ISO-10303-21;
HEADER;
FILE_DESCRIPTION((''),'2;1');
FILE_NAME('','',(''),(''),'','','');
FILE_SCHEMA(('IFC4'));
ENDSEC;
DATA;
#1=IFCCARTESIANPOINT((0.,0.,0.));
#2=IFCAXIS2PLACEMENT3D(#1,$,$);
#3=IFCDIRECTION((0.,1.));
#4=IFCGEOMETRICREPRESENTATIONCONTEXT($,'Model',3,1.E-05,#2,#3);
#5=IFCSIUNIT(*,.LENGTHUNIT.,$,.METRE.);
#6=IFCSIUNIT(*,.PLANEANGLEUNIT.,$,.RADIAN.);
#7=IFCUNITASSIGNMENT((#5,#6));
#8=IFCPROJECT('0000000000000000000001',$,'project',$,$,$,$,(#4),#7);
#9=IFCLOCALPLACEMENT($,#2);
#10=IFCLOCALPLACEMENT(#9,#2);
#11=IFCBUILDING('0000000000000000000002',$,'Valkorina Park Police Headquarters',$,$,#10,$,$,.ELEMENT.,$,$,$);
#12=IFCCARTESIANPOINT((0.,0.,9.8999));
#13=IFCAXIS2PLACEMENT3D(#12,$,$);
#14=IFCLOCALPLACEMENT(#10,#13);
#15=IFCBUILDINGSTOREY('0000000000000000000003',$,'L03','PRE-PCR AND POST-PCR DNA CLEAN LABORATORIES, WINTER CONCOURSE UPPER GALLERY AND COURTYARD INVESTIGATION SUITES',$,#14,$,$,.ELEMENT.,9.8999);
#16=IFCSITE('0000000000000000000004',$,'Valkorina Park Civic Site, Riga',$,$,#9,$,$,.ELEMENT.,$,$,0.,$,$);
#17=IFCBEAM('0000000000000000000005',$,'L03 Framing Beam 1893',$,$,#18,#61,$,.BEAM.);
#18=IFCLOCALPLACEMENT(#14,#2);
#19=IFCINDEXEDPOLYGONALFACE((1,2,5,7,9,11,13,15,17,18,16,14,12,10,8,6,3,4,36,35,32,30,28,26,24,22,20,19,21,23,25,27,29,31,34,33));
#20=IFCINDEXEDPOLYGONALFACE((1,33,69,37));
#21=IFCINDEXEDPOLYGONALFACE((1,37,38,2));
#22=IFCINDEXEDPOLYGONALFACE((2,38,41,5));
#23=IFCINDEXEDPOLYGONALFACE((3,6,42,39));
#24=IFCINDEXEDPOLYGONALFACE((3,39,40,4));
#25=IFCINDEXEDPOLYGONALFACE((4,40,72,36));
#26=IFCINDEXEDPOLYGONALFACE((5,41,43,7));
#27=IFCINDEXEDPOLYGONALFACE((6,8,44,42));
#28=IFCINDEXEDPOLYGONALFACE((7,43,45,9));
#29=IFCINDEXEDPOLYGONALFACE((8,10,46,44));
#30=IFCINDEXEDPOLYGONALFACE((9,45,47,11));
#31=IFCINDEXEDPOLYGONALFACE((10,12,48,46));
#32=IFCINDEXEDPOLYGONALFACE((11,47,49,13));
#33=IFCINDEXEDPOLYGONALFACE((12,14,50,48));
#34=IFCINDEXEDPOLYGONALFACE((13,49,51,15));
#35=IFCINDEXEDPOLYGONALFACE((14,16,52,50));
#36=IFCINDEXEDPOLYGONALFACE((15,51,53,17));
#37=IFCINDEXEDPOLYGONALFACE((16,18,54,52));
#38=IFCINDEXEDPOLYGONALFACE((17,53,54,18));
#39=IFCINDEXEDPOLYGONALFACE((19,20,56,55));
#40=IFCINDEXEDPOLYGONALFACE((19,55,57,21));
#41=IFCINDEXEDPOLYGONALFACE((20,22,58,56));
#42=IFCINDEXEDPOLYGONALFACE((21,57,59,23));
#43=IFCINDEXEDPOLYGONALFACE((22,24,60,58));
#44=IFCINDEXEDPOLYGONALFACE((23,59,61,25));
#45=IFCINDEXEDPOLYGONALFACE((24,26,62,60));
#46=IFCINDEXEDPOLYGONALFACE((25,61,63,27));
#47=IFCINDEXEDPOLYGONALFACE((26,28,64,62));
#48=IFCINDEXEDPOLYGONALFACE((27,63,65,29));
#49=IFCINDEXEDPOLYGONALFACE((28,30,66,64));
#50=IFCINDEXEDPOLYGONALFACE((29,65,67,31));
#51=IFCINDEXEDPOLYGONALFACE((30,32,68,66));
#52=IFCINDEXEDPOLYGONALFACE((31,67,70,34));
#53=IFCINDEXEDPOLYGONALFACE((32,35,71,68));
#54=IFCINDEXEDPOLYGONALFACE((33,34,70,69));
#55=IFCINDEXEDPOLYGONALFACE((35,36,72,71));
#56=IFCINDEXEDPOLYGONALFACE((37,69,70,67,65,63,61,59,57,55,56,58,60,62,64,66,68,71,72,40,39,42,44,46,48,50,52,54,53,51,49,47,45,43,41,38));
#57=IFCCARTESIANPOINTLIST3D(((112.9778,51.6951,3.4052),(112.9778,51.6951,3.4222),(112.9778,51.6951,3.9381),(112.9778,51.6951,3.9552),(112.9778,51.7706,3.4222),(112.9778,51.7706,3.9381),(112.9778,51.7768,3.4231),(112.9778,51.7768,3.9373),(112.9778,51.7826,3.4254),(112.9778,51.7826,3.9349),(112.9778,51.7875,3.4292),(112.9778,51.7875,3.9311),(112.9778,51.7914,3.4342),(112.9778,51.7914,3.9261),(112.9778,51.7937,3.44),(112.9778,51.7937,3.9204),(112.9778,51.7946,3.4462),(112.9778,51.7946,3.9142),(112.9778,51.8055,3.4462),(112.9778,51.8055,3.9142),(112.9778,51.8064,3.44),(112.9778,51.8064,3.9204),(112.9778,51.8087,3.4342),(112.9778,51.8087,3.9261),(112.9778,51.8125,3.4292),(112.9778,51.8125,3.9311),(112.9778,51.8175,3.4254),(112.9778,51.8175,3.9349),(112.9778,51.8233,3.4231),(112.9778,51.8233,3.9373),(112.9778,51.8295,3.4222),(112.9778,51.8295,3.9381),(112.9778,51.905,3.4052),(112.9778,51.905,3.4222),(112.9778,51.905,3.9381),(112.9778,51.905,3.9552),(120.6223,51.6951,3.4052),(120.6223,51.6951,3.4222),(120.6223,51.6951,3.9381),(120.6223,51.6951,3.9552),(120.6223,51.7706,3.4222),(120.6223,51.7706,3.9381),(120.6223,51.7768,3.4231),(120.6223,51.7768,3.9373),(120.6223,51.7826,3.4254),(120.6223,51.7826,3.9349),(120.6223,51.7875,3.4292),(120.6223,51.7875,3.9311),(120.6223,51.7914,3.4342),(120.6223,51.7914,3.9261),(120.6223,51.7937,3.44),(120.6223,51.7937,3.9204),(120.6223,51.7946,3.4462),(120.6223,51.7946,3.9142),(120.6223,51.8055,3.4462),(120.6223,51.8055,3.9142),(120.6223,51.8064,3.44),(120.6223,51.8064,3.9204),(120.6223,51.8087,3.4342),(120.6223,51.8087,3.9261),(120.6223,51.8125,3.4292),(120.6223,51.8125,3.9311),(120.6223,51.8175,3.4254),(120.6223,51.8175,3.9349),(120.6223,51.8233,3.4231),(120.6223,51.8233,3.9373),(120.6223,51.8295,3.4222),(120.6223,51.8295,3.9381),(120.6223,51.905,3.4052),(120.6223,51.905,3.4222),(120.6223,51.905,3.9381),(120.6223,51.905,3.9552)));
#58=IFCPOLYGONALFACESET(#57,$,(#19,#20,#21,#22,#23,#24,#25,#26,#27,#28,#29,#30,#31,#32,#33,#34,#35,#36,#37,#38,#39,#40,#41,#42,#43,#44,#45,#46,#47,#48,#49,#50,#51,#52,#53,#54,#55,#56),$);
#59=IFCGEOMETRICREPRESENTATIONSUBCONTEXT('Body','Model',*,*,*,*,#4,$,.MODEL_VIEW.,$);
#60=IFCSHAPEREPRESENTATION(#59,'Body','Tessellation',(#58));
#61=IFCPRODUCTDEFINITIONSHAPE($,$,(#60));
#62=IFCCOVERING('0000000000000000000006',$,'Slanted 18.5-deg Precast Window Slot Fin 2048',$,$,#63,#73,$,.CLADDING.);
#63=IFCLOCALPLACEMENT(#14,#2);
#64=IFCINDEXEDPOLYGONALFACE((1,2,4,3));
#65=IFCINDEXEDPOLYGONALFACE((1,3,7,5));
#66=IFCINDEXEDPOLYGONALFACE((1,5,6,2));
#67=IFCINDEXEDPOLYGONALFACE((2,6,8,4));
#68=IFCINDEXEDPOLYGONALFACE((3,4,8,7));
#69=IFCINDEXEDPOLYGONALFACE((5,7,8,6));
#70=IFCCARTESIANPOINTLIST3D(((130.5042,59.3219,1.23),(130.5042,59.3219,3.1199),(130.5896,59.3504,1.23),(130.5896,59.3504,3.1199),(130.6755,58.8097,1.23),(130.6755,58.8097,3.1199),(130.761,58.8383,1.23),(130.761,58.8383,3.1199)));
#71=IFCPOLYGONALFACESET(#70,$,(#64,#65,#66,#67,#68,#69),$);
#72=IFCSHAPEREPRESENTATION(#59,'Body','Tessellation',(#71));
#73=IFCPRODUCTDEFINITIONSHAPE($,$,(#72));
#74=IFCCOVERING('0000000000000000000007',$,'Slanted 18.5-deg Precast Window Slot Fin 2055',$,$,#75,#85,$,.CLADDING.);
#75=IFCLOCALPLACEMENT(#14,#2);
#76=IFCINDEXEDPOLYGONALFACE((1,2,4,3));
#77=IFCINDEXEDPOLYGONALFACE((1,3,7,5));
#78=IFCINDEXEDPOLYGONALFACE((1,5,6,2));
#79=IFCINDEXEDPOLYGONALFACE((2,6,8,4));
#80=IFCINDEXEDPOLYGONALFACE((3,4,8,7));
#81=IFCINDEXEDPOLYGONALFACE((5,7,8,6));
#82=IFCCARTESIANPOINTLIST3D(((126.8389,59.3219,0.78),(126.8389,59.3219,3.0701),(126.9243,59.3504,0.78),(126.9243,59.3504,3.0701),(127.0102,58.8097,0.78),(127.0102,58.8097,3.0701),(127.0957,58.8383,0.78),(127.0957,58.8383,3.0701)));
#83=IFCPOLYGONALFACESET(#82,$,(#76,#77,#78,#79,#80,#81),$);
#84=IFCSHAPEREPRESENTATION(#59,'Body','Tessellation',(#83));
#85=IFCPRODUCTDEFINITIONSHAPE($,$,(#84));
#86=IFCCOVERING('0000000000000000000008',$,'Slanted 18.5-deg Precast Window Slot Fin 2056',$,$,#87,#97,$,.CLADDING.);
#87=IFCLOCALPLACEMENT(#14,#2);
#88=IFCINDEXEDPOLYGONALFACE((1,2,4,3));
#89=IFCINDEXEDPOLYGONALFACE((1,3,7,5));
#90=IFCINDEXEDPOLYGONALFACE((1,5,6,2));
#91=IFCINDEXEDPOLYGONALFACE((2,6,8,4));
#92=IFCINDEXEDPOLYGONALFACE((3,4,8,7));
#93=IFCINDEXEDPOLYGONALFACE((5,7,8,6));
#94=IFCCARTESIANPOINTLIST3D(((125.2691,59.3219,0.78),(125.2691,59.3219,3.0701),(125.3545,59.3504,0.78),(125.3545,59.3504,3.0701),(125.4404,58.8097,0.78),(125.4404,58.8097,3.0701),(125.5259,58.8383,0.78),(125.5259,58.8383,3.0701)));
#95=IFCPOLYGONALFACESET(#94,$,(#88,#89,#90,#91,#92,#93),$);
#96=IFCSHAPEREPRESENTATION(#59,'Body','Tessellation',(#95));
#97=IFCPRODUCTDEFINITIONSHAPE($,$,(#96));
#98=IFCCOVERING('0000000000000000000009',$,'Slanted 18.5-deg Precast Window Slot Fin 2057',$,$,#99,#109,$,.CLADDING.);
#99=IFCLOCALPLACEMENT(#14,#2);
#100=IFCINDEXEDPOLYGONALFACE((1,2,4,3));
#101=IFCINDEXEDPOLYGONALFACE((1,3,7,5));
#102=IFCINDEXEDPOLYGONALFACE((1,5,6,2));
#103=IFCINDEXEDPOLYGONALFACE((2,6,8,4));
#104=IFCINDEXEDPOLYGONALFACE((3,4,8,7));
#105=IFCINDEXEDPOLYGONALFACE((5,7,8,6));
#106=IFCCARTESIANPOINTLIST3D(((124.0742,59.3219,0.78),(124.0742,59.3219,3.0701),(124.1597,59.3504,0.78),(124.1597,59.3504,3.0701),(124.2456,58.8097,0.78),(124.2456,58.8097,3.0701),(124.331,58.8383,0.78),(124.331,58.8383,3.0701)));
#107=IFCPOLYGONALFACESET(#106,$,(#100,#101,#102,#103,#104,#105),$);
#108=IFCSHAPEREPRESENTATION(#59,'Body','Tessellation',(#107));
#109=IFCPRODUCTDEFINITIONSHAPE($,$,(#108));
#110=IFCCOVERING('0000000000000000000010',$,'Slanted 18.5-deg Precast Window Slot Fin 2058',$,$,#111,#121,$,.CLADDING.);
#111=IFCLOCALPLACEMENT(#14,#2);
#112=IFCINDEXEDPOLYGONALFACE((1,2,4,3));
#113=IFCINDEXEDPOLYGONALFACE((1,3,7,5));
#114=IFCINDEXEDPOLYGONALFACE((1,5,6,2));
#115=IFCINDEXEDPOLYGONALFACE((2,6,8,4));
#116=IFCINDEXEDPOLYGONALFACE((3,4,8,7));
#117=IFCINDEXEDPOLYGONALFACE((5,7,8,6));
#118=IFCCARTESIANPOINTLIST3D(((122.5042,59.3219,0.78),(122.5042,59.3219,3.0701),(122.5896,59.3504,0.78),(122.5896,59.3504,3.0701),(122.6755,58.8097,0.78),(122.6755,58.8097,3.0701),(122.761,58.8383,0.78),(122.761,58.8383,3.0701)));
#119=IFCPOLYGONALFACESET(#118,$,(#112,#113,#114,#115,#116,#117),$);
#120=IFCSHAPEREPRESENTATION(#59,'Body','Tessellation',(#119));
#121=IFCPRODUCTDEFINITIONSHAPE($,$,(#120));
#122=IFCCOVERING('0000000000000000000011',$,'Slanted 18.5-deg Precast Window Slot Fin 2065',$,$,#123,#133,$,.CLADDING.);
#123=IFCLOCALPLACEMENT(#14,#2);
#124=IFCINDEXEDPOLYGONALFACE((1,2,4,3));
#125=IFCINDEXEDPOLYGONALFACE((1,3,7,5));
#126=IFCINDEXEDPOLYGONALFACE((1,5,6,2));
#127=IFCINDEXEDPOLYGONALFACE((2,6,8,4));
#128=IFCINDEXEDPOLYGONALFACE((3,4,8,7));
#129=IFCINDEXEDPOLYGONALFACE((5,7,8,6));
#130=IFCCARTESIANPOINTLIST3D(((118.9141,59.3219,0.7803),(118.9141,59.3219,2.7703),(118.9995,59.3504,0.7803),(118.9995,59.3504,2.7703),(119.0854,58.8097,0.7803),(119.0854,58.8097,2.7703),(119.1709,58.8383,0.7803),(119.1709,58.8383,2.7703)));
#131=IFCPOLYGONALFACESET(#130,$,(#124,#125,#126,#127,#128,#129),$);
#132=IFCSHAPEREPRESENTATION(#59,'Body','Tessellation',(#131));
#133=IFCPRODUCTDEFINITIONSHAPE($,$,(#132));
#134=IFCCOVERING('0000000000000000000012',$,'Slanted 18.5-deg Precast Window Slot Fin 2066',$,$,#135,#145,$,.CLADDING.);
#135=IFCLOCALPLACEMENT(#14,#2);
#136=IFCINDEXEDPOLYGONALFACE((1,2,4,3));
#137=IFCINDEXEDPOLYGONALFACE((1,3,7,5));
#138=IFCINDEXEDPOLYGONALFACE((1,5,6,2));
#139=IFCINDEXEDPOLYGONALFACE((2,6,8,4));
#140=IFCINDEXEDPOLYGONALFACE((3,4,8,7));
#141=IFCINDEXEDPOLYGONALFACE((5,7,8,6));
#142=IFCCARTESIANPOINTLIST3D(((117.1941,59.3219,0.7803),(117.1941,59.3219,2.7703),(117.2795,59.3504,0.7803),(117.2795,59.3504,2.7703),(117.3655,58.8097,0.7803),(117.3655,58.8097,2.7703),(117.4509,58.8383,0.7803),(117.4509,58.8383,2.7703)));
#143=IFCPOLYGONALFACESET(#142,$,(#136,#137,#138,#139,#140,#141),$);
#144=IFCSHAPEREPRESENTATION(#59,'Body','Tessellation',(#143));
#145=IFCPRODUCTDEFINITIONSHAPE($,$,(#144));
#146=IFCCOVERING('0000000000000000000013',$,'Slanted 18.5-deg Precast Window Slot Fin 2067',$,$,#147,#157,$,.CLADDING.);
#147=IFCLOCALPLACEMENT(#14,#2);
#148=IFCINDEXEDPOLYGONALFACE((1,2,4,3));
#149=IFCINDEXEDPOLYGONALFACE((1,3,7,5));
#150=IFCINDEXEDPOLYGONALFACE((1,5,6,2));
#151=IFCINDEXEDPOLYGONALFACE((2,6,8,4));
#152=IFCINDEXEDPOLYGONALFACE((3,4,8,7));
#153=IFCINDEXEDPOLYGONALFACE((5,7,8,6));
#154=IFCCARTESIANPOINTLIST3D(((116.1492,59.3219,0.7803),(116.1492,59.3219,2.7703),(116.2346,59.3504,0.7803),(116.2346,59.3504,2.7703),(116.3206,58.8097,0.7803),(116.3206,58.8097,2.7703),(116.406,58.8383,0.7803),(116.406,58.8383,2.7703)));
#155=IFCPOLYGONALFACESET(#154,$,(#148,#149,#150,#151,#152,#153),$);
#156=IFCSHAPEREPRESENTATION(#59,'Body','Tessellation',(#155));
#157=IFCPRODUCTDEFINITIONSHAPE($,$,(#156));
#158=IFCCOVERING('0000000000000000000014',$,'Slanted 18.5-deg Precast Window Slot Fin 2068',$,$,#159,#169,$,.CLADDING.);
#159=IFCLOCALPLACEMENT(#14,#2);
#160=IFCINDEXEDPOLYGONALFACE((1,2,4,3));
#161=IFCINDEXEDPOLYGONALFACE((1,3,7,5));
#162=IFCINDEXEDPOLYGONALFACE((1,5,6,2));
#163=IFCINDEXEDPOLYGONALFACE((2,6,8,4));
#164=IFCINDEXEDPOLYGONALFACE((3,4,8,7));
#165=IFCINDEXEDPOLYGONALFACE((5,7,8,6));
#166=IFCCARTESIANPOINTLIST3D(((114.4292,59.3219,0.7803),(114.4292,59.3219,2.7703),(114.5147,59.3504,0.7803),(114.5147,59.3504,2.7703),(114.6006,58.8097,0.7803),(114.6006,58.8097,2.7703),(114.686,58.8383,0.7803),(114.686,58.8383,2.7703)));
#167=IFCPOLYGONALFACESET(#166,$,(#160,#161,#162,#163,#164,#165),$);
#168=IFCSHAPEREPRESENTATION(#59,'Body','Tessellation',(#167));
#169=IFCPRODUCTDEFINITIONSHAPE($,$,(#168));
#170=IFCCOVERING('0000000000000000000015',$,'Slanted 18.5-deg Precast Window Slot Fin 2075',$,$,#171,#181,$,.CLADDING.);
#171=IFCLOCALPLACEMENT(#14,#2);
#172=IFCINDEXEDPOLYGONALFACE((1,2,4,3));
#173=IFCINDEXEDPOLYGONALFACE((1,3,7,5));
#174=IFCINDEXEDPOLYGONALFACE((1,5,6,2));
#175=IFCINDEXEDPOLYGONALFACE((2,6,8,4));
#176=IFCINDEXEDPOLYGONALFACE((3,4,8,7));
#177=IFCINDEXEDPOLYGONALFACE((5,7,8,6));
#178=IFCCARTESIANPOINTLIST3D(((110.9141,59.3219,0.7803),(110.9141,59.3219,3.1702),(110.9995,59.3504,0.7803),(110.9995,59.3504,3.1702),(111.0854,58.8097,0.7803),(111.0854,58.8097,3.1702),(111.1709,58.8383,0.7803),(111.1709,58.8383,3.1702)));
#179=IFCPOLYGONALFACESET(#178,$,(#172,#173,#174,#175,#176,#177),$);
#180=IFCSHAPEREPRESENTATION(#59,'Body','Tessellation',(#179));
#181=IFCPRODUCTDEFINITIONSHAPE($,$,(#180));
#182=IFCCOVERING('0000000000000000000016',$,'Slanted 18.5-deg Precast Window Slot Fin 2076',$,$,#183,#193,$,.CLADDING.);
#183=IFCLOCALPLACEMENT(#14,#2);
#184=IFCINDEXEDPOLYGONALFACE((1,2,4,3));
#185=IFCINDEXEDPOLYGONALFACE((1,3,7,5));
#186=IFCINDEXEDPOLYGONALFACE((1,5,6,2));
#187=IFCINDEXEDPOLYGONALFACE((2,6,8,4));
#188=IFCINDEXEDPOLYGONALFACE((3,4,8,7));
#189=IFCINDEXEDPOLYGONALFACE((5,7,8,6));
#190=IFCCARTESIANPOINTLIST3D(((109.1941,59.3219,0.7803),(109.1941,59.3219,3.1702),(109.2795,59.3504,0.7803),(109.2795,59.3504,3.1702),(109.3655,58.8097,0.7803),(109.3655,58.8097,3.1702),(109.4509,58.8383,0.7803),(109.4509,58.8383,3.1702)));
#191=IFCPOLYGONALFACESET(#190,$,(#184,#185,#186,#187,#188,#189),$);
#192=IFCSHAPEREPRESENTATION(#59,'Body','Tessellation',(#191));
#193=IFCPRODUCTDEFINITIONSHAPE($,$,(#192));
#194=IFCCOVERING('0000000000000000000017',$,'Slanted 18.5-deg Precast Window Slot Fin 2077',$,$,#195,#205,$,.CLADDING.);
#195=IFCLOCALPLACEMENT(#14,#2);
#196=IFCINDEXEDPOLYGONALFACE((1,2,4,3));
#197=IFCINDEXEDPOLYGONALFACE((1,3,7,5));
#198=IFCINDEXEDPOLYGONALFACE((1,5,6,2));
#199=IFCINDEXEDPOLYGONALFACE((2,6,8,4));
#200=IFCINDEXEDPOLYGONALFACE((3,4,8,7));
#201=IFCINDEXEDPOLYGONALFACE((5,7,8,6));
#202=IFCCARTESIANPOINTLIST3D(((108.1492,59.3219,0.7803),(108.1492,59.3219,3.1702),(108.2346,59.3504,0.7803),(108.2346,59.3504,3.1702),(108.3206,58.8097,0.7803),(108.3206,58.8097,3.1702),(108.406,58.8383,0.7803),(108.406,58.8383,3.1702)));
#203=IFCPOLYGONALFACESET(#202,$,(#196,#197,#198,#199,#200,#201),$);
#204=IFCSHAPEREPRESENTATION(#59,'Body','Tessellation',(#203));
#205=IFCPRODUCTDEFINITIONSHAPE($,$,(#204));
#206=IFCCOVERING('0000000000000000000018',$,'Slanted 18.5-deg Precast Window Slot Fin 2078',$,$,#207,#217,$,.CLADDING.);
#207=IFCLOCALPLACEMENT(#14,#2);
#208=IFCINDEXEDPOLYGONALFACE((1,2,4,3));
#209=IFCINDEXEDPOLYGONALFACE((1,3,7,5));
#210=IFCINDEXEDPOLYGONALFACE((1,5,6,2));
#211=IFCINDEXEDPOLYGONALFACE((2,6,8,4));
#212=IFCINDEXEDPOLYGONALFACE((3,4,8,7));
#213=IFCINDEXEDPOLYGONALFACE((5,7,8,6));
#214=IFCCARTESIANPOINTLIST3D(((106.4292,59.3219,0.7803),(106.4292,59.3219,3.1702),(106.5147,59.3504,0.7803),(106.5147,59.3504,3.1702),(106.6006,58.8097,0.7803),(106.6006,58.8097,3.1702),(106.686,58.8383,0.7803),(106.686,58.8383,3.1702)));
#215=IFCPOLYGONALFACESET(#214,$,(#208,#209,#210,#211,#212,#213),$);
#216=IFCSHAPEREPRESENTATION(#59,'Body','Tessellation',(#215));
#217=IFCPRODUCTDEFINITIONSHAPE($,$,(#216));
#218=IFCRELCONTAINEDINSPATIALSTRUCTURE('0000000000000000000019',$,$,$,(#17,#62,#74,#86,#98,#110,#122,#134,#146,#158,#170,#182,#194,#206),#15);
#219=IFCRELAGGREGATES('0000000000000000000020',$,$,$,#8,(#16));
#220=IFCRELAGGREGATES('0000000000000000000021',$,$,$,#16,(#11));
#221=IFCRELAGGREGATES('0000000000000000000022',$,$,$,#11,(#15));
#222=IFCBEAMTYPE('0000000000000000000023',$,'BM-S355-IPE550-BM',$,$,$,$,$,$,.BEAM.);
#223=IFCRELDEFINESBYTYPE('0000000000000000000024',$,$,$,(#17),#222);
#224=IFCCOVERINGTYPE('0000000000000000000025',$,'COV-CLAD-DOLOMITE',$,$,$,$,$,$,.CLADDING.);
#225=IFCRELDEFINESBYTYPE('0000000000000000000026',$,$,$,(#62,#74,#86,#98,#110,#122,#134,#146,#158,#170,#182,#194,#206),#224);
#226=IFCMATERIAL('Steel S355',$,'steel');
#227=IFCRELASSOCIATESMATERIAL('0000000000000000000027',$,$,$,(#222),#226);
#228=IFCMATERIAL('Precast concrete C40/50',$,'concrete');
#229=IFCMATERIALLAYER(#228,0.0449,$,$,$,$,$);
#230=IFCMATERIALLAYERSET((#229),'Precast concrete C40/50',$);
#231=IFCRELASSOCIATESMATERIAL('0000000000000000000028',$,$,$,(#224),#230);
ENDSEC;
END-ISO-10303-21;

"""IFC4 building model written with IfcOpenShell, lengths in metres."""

from ifc_helpers import new_model, si_unit, direction, frame, origin, origin_2d, place, context, subcontext, project, spatial, rectangle, i_section, extrude, material, layer, layer_set, material_profile, profile_set, type_object, element, save


model = new_model("IFC4")

# Units and contexts
model_context = context("Model", 3, precision=1e-05, world=origin(), true_north=direction((0.0, 1.0)))
body_context = subcontext(model_context, "Body", "Model", "MODEL_VIEW")
ifc_project = project(units=[si_unit("LENGTHUNIT", "METRE"), si_unit("PLANEANGLEUNIT", "RADIAN")], contexts=[model_context])

# Site, building, storey
site_placement = place(None, origin())
site = spatial("IfcSite", under=ifc_project, at=site_placement, Name="Valkorina Park Civic Site, Riga", CompositionType="ELEMENT", RefElevation=0.0)
building_placement = place(site_placement, origin())
building = spatial("IfcBuilding", under=site, at=building_placement, Name="Valkorina Park Police Headquarters", CompositionType="ELEMENT")
storey_placement = place(building_placement, frame((0.0, 0.0, 9.8999)))
storey = spatial("IfcBuildingStorey", under=building, at=storey_placement, Name="L03", Description="PRE-PCR AND POST-PCR DNA CLEAN LABORATORIES, WINTER CONCOURSE UPPER GALLERY AND COURTYARD INVESTIGATION SUITES", CompositionType="ELEMENT", Elevation=9.8999)

# Shared definitions
ifc_material_1 = material(Name="Steel S355", Category="steel")

# Beam
ifc_material_profile_1 = material_profile(ifc_material_1, i_section(OverallWidth=0.21, OverallDepth=0.55, WebThickness=0.011, FlangeThickness=0.0171, FilletRadius=0.0239, at=origin_2d()), Name="IPE 550")
ifc_profile_set_1 = profile_set([ifc_material_profile_1], Name="Steel S355")
beam_type_1 = type_object("IfcBeamType", Name="BM-S355-IPE550-BM", PredefinedType="BEAM", material=ifc_profile_set_1)
for number, where, z_axis, x_axis, name in (
    (1, (112.9778, 51.8, 3.6802), (1.0, 0.0, 0.0), (0.0, 1.0, 0.0), "L03 Framing Beam 1893"),
):
    element("IfcBeam", number, at=place(storey_placement, frame(where, z_axis=z_axis, x_axis=x_axis)), inside=storey, type_object=beam_type_1, Name=name, PredefinedType="BEAM", context=body_context, shape_type="SweptSolid", body=[
        extrude(i_section(OverallWidth=0.21, OverallDepth=0.55, WebThickness=0.011, FlangeThickness=0.0171, FilletRadius=0.0239, at=origin_2d()), origin(), (0.0, 0.0, 1.0), 7.6445),
    ])

# Coverings
ifc_material_2 = material(Name="Precast concrete C40/50", Category="concrete")
ifc_layer = layer(ifc_material_2, 0.0449)
ifc_layer_set = layer_set([ifc_layer], Name="Precast concrete C40/50")
covering_type = type_object("IfcCoveringType", Name="COV-CLAD-DOLOMITE", PredefinedType="CLADDING", material=ifc_layer_set)
covering_placement = place(storey_placement, frame((130.6326, 59.0801, 1.23), z_axis=(0.0, 0.0, 1.0), x_axis=(0.317305, -0.948324, 0.0)))
element("IfcCovering", 2, at=covering_placement, inside=storey, type_object=covering_type, Name="Slanted 18.5-deg Precast Window Slot Fin 2048", PredefinedType="CLADDING", context=body_context, shape_type="SweptSolid", body=[
    extrude(rectangle(XDim=0.54, YDim=0.0901, at=origin_2d()), origin(), (0.0, 0.0, 1.0), 1.8899),
])
for number, where, z_axis, x_axis, name in (
    (3, (126.9673, 59.0801, 0.78), (0.0, 0.0, 1.0), (0.317305, -0.948324, 0.0), "Slanted 18.5-deg Precast Window Slot Fin 2055"),
    (4, (125.3975, 59.0801, 0.78), (0.0, 0.0, 1.0), (0.317305, -0.948324, 0.0), "Slanted 18.5-deg Precast Window Slot Fin 2056"),
    (5, (124.2026, 59.0801, 0.78), (0.0, 0.0, 1.0), (0.317305, -0.948324, 0.0), "Slanted 18.5-deg Precast Window Slot Fin 2057"),
    (6, (122.6326, 59.0801, 0.78), (0.0, 0.0, 1.0), (0.317305, -0.948324, 0.0), "Slanted 18.5-deg Precast Window Slot Fin 2058"),
):
    element("IfcCovering", number, at=place(storey_placement, frame(where, z_axis=z_axis, x_axis=x_axis)), inside=storey, type_object=covering_type, Name=name, PredefinedType="CLADDING", context=body_context, shape_type="SweptSolid", body=[
        extrude(rectangle(XDim=0.54, YDim=0.0901, at=origin_2d()), origin(), (0.0, 0.0, 1.0), 2.29),
    ])
for number, where, z_axis, x_axis, name in (
    (7, (119.0425, 59.0801, 0.7803), (0.0, 0.0, 1.0), (0.317305, -0.948324, 0.0), "Slanted 18.5-deg Precast Window Slot Fin 2065"),
    (8, (117.3225, 59.0801, 0.7803), (0.0, 0.0, 1.0), (0.317305, -0.948324, 0.0), "Slanted 18.5-deg Precast Window Slot Fin 2066"),
    (9, (116.2776, 59.0801, 0.7803), (0.0, 0.0, 1.0), (0.317305, -0.948324, 0.0), "Slanted 18.5-deg Precast Window Slot Fin 2067"),
    (10, (114.5576, 59.0801, 0.7803), (0.0, 0.0, 1.0), (0.317305, -0.948324, 0.0), "Slanted 18.5-deg Precast Window Slot Fin 2068"),
):
    element("IfcCovering", number, at=place(storey_placement, frame(where, z_axis=z_axis, x_axis=x_axis)), inside=storey, type_object=covering_type, Name=name, PredefinedType="CLADDING", context=body_context, shape_type="SweptSolid", body=[
        extrude(rectangle(XDim=0.54, YDim=0.0901, at=origin_2d()), origin(), (0.0, 0.0, 1.0), 1.99),
    ])
for number, where, z_axis, x_axis, name in (
    (11, (111.0425, 59.0801, 0.7803), (0.0, 0.0, 1.0), (0.317305, -0.948324, 0.0), "Slanted 18.5-deg Precast Window Slot Fin 2075"),
    (12, (109.3225, 59.0801, 0.7803), (0.0, 0.0, 1.0), (0.317305, -0.948324, 0.0), "Slanted 18.5-deg Precast Window Slot Fin 2076"),
    (13, (108.2776, 59.0801, 0.7803), (0.0, 0.0, 1.0), (0.317305, -0.948324, 0.0), "Slanted 18.5-deg Precast Window Slot Fin 2077"),
    (14, (106.5576, 59.0801, 0.7803), (0.0, 0.0, 1.0), (0.317305, -0.948324, 0.0), "Slanted 18.5-deg Precast Window Slot Fin 2078"),
):
    element("IfcCovering", number, at=place(storey_placement, frame(where, z_axis=z_axis, x_axis=x_axis)), inside=storey, type_object=covering_type, Name=name, PredefinedType="CLADDING", context=body_context, shape_type="SweptSolid", body=[
        extrude(rectangle(XDim=0.54, YDim=0.0901, at=origin_2d()), origin(), (0.0, 0.0, 1.0), 2.3899),
    ])

save(model, "model.ifc")
